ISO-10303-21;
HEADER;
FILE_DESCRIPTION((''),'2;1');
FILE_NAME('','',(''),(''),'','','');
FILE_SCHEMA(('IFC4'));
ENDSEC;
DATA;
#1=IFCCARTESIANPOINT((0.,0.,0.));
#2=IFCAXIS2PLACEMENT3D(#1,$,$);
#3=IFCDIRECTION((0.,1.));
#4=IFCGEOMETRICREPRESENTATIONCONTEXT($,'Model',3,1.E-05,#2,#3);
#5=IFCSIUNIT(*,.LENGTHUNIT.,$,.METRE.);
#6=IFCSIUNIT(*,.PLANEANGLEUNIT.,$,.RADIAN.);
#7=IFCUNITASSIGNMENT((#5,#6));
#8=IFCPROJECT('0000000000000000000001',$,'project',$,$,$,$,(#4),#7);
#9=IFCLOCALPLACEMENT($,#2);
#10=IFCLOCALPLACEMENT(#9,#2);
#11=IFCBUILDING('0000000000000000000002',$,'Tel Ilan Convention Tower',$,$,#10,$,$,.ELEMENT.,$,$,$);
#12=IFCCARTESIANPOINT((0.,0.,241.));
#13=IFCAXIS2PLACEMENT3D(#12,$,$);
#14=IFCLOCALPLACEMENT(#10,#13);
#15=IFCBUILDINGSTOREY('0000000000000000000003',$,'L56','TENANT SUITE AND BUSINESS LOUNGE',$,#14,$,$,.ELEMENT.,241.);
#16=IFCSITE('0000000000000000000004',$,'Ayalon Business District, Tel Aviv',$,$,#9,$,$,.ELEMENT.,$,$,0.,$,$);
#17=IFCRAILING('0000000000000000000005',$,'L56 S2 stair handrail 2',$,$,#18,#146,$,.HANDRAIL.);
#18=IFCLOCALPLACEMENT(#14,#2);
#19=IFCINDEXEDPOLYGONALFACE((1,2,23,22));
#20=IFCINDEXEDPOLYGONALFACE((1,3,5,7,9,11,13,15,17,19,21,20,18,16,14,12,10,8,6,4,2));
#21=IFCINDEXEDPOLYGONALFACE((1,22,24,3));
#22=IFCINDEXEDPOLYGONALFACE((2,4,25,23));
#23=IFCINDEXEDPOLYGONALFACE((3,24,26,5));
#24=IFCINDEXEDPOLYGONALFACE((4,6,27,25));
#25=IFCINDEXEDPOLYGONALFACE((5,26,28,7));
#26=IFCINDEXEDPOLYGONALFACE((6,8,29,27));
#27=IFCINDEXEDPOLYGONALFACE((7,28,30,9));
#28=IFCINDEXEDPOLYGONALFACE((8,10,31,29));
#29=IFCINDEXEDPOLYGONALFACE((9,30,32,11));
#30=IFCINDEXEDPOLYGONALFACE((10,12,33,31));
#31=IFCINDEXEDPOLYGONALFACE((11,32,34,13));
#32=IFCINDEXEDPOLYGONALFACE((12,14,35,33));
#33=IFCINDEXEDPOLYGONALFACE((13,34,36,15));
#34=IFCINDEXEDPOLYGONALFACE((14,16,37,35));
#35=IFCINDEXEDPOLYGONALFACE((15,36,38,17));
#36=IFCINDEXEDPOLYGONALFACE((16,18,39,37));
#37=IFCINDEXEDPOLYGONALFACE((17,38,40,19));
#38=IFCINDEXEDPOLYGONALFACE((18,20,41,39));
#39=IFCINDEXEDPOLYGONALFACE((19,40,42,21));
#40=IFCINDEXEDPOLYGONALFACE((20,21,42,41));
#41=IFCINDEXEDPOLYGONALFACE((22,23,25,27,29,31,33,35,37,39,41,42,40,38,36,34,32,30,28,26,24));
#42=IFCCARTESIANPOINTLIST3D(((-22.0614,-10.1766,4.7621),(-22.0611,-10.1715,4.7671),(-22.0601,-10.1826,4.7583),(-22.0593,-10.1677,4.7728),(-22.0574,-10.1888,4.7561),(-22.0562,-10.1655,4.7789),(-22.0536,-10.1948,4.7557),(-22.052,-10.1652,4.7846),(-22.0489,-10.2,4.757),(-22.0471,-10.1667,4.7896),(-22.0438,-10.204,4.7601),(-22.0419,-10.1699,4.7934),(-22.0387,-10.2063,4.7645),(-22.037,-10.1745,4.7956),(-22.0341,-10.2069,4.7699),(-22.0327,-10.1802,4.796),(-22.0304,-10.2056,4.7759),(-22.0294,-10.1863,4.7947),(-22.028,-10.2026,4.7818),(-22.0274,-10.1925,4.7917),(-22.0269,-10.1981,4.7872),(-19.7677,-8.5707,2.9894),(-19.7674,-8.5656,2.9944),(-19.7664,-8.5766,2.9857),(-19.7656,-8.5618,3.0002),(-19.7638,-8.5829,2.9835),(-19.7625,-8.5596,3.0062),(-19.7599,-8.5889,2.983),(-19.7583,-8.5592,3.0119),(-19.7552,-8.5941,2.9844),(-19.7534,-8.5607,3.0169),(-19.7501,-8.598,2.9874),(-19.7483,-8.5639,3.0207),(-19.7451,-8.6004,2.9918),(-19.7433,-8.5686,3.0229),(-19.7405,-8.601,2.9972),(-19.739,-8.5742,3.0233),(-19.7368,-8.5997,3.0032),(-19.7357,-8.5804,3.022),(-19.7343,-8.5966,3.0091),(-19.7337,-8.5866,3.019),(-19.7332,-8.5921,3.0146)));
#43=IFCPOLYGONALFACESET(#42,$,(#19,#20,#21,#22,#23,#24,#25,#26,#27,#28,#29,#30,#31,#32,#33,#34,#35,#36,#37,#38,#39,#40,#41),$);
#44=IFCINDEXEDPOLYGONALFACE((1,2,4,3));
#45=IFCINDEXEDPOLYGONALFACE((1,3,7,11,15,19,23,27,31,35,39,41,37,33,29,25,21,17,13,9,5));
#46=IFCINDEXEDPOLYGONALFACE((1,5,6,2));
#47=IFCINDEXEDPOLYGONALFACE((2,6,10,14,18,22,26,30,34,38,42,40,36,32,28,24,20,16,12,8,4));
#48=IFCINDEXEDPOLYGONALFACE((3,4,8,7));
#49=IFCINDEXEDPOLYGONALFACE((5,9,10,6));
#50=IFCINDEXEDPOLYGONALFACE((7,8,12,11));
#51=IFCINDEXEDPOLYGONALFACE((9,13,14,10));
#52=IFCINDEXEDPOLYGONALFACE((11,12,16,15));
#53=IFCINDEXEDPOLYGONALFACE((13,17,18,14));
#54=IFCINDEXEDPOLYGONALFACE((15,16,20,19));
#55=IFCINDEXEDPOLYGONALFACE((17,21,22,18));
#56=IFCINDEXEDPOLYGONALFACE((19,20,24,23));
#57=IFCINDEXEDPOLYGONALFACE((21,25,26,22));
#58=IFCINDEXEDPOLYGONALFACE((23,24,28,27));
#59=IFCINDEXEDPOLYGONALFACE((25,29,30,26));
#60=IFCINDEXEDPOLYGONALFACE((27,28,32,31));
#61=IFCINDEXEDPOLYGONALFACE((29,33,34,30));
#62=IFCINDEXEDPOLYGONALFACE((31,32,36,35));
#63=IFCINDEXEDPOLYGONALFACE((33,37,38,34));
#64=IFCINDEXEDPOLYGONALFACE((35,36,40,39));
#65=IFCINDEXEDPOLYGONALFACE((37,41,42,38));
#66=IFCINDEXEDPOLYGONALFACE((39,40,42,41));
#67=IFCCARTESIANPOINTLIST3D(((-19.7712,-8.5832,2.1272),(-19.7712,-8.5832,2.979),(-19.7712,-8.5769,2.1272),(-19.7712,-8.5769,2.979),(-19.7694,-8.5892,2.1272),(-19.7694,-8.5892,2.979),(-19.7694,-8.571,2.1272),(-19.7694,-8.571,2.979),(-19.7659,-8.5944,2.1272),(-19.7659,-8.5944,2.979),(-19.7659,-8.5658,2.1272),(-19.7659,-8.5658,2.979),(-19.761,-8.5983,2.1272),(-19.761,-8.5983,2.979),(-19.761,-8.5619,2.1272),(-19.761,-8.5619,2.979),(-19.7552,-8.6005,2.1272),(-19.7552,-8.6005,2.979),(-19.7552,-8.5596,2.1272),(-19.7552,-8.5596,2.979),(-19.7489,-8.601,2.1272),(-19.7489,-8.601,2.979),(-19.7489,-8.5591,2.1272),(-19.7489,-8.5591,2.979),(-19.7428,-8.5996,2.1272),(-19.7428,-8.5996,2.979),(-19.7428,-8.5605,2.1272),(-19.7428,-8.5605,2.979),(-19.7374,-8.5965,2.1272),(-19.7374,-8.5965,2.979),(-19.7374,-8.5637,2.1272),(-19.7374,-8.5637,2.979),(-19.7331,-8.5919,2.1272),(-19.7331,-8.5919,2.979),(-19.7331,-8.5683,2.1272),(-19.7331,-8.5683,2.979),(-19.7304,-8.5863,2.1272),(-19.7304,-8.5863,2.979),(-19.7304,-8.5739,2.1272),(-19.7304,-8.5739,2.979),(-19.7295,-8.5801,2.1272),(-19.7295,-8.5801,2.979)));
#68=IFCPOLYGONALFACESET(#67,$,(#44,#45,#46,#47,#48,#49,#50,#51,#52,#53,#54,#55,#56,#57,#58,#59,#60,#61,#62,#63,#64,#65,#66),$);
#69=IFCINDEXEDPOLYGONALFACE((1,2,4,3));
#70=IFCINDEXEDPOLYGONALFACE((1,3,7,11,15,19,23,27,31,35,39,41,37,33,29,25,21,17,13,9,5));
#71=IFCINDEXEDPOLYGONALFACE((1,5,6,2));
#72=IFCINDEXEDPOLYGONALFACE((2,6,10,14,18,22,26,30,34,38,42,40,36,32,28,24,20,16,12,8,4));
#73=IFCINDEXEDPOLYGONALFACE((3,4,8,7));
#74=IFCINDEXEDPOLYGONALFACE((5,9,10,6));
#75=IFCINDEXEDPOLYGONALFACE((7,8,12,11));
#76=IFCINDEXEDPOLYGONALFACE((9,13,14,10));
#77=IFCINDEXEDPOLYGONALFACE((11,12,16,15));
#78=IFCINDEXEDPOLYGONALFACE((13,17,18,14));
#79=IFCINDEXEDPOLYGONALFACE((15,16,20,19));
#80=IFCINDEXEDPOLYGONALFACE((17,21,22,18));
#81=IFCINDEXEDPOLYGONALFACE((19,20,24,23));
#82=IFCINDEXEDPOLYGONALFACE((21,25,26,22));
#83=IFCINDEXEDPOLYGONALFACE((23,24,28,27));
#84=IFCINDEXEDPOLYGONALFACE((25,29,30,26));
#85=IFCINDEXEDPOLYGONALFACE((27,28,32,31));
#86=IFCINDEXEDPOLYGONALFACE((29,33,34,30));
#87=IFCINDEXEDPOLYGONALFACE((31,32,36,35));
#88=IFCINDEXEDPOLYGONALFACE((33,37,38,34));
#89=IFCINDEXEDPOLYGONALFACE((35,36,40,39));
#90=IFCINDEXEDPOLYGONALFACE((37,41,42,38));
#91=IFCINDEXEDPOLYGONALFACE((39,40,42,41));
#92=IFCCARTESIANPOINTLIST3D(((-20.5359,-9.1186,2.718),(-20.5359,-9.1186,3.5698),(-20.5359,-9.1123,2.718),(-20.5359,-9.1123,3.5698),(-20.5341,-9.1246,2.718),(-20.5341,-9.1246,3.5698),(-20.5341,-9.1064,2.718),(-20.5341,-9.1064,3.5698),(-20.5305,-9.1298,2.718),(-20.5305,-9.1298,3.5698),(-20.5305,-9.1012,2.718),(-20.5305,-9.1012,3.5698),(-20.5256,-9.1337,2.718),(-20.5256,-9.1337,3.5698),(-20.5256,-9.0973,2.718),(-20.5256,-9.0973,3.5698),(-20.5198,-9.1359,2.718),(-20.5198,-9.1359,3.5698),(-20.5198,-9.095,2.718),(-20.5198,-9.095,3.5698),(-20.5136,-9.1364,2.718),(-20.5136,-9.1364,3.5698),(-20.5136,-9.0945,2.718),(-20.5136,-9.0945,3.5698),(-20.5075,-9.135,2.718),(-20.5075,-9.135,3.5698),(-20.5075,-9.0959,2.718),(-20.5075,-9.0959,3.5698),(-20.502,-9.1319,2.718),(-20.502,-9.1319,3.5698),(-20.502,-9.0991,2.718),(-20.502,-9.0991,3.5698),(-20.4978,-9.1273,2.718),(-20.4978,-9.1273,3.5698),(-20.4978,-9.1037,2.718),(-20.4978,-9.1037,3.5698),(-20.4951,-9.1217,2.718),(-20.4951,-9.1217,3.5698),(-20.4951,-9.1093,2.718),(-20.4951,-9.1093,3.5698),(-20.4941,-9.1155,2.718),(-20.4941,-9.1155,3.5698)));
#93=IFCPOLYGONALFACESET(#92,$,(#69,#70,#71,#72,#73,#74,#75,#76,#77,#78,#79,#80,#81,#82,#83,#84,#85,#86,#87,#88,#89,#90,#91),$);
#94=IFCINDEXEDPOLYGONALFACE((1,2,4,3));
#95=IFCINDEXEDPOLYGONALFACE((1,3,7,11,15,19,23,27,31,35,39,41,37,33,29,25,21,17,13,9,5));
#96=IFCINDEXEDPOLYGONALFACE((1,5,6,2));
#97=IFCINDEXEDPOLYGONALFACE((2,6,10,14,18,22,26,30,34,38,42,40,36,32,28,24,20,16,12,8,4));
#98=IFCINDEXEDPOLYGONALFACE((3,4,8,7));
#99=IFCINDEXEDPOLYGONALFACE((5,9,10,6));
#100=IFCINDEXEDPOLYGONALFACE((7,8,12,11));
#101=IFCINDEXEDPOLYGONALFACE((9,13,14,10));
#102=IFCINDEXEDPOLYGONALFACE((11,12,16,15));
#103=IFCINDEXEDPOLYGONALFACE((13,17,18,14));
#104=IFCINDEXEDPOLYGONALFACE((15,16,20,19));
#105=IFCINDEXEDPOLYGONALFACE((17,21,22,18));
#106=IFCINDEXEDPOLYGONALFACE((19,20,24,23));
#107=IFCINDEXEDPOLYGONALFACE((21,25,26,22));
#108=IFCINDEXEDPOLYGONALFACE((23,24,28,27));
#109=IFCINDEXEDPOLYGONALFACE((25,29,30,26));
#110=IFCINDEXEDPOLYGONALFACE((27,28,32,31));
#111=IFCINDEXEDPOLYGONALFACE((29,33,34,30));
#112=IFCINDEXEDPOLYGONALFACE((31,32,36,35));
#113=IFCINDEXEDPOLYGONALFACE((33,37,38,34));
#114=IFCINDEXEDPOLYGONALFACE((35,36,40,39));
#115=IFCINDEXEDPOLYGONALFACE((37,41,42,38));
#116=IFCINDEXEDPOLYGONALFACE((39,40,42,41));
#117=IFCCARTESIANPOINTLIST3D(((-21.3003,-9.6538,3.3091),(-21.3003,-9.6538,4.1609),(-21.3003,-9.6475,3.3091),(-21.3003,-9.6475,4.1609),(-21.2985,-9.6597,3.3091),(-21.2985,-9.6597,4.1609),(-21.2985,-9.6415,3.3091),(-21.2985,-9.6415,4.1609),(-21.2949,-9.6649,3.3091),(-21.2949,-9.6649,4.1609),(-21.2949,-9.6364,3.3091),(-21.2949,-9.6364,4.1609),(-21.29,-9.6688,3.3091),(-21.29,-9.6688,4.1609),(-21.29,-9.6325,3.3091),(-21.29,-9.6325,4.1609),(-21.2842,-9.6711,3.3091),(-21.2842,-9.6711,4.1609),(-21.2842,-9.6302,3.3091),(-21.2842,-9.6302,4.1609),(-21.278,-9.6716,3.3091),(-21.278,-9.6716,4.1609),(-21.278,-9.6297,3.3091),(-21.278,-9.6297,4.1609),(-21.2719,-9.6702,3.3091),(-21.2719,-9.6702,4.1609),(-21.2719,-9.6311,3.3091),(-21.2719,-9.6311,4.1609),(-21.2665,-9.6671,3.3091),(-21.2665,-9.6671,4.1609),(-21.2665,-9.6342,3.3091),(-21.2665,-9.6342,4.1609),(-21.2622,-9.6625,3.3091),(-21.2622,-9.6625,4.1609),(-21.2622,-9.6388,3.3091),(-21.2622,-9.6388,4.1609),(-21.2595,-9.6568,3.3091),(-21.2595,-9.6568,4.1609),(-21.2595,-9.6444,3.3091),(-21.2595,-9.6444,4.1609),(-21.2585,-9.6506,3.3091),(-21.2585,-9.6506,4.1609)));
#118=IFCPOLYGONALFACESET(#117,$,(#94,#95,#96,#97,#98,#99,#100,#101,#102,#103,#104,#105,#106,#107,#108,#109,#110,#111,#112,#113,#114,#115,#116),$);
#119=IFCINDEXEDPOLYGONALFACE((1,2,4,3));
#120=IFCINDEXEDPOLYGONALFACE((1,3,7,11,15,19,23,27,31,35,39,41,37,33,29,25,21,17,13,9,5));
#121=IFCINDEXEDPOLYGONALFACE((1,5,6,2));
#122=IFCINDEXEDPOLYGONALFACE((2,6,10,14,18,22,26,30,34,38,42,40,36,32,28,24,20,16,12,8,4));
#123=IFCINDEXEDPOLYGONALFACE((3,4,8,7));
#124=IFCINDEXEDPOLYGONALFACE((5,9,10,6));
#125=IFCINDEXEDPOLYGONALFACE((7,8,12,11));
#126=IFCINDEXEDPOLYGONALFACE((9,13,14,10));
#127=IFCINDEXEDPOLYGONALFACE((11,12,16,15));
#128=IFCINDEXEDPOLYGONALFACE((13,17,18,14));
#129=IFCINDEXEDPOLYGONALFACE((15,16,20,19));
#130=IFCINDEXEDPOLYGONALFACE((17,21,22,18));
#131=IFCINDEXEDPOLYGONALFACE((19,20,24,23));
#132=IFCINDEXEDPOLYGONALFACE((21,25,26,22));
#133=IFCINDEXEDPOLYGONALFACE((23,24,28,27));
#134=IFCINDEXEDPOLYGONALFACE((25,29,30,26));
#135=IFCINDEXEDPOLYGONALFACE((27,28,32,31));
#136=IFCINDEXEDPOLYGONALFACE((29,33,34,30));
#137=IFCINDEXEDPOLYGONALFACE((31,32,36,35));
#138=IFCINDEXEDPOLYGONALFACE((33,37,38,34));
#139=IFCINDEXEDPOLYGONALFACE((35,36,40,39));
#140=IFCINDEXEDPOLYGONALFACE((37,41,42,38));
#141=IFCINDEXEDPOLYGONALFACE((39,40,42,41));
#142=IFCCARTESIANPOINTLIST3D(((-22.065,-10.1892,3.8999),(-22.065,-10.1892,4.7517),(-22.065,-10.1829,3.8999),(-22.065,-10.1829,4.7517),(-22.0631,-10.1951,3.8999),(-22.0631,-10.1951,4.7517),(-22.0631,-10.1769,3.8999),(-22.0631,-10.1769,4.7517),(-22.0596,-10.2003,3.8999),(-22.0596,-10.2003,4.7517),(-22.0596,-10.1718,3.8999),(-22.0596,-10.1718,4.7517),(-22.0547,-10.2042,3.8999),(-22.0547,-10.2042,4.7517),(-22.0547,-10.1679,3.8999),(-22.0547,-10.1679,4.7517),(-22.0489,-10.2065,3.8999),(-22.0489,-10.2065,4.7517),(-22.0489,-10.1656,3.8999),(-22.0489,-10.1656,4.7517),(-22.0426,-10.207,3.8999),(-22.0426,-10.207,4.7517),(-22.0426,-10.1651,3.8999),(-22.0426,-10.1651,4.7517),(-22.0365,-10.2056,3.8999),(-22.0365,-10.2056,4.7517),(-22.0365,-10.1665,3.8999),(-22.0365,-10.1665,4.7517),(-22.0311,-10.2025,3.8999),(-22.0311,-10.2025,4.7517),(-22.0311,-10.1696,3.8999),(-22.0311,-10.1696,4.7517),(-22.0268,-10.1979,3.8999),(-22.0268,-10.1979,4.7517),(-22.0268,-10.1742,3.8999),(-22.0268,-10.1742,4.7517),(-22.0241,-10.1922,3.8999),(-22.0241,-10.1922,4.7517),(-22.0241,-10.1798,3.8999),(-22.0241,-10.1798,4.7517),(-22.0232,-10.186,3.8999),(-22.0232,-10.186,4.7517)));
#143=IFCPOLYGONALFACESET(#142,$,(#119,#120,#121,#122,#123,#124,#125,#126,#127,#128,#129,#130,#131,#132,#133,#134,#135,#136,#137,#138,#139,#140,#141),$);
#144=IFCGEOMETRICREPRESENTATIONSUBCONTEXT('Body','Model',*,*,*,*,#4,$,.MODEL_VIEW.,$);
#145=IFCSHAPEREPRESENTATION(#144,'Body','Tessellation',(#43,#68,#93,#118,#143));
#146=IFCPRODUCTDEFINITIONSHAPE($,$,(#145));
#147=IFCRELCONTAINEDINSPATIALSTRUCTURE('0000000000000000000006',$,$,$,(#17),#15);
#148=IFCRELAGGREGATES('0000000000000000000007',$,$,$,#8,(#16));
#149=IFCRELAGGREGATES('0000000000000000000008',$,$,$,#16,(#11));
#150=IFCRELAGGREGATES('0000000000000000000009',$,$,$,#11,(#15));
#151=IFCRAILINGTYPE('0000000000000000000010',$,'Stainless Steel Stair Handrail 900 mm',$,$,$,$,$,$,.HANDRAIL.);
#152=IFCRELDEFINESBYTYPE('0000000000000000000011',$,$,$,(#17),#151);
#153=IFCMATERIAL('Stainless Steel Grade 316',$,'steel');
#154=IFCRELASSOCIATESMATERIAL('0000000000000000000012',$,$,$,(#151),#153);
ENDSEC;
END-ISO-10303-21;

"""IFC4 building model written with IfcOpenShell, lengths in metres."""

from ifc_helpers import new_model, si_unit, direction, frame, origin, origin_2d, place, context, subcontext, project, spatial, circle, extrude, material, type_object, element, save


model = new_model("IFC4")

# Units and contexts
model_context = context("Model", 3, precision=1e-05, world=origin(), true_north=direction((0.0, 1.0)))
body_context = subcontext(model_context, "Body", "Model", "MODEL_VIEW")
ifc_project = project(units=[si_unit("LENGTHUNIT", "METRE"), si_unit("PLANEANGLEUNIT", "RADIAN")], contexts=[model_context])

# Site, building, storey
site_placement = place(None, origin())
site = spatial("IfcSite", under=ifc_project, at=site_placement, Name="Ayalon Business District, Tel Aviv", CompositionType="ELEMENT", RefElevation=0.0)
building_placement = place(site_placement, origin())
building = spatial("IfcBuilding", under=site, at=building_placement, Name="Tel Ilan Convention Tower", CompositionType="ELEMENT")
storey_placement = place(building_placement, frame((0.0, 0.0, 241.0)))
storey = spatial("IfcBuildingStorey", under=building, at=storey_placement, Name="L56", Description="TENANT SUITE AND BUSINESS LOUNGE", CompositionType="ELEMENT", Elevation=241.0)

# Railing
ifc_material_1 = material(Name="Stainless Steel Grade 316", Category="steel")
railing_type_1 = type_object("IfcRailingType", Name="Stainless Steel Stair Handrail 900 mm", PredefinedType="HANDRAIL", material=ifc_material_1)
for number, where, name in (
    (1, (-19.7505, -8.5801, 2.1272), "L56 S2 stair handrail 2"),
):
    element("IfcRailing", number, at=place(storey_placement, frame(where)), inside=storey, type_object=railing_type_1, Name=name, PredefinedType="HANDRAIL", context=body_context, shape_type="SweptSolid", body=[
        extrude(circle(Radius=0.0239, at=origin_2d()), frame((0.0, 0.0, 0.876), z_axis=(-0.692123, -0.484597, 0.534913), x_axis=(0.57355, -0.81917, 0.0)), (0.0, 0.0, 1.0), 3.314),
        extrude(circle(Radius=0.021, at=origin_2d()), origin(), (0.0, 0.0, 1.0), 0.8518),
        extrude(circle(Radius=0.021, at=origin_2d()), frame((-0.7646, -0.5354, 0.5908)), (0.0, 0.0, 1.0), 0.8518),
        extrude(circle(Radius=0.021, at=origin_2d()), frame((-1.5291, -1.0706, 1.1819)), (0.0, 0.0, 1.0), 0.8518),
        extrude(circle(Radius=0.021, at=origin_2d()), frame((-2.2937, -1.606, 1.7727)), (0.0, 0.0, 1.0), 0.8518),
    ])

save(model, "model.ifc")
